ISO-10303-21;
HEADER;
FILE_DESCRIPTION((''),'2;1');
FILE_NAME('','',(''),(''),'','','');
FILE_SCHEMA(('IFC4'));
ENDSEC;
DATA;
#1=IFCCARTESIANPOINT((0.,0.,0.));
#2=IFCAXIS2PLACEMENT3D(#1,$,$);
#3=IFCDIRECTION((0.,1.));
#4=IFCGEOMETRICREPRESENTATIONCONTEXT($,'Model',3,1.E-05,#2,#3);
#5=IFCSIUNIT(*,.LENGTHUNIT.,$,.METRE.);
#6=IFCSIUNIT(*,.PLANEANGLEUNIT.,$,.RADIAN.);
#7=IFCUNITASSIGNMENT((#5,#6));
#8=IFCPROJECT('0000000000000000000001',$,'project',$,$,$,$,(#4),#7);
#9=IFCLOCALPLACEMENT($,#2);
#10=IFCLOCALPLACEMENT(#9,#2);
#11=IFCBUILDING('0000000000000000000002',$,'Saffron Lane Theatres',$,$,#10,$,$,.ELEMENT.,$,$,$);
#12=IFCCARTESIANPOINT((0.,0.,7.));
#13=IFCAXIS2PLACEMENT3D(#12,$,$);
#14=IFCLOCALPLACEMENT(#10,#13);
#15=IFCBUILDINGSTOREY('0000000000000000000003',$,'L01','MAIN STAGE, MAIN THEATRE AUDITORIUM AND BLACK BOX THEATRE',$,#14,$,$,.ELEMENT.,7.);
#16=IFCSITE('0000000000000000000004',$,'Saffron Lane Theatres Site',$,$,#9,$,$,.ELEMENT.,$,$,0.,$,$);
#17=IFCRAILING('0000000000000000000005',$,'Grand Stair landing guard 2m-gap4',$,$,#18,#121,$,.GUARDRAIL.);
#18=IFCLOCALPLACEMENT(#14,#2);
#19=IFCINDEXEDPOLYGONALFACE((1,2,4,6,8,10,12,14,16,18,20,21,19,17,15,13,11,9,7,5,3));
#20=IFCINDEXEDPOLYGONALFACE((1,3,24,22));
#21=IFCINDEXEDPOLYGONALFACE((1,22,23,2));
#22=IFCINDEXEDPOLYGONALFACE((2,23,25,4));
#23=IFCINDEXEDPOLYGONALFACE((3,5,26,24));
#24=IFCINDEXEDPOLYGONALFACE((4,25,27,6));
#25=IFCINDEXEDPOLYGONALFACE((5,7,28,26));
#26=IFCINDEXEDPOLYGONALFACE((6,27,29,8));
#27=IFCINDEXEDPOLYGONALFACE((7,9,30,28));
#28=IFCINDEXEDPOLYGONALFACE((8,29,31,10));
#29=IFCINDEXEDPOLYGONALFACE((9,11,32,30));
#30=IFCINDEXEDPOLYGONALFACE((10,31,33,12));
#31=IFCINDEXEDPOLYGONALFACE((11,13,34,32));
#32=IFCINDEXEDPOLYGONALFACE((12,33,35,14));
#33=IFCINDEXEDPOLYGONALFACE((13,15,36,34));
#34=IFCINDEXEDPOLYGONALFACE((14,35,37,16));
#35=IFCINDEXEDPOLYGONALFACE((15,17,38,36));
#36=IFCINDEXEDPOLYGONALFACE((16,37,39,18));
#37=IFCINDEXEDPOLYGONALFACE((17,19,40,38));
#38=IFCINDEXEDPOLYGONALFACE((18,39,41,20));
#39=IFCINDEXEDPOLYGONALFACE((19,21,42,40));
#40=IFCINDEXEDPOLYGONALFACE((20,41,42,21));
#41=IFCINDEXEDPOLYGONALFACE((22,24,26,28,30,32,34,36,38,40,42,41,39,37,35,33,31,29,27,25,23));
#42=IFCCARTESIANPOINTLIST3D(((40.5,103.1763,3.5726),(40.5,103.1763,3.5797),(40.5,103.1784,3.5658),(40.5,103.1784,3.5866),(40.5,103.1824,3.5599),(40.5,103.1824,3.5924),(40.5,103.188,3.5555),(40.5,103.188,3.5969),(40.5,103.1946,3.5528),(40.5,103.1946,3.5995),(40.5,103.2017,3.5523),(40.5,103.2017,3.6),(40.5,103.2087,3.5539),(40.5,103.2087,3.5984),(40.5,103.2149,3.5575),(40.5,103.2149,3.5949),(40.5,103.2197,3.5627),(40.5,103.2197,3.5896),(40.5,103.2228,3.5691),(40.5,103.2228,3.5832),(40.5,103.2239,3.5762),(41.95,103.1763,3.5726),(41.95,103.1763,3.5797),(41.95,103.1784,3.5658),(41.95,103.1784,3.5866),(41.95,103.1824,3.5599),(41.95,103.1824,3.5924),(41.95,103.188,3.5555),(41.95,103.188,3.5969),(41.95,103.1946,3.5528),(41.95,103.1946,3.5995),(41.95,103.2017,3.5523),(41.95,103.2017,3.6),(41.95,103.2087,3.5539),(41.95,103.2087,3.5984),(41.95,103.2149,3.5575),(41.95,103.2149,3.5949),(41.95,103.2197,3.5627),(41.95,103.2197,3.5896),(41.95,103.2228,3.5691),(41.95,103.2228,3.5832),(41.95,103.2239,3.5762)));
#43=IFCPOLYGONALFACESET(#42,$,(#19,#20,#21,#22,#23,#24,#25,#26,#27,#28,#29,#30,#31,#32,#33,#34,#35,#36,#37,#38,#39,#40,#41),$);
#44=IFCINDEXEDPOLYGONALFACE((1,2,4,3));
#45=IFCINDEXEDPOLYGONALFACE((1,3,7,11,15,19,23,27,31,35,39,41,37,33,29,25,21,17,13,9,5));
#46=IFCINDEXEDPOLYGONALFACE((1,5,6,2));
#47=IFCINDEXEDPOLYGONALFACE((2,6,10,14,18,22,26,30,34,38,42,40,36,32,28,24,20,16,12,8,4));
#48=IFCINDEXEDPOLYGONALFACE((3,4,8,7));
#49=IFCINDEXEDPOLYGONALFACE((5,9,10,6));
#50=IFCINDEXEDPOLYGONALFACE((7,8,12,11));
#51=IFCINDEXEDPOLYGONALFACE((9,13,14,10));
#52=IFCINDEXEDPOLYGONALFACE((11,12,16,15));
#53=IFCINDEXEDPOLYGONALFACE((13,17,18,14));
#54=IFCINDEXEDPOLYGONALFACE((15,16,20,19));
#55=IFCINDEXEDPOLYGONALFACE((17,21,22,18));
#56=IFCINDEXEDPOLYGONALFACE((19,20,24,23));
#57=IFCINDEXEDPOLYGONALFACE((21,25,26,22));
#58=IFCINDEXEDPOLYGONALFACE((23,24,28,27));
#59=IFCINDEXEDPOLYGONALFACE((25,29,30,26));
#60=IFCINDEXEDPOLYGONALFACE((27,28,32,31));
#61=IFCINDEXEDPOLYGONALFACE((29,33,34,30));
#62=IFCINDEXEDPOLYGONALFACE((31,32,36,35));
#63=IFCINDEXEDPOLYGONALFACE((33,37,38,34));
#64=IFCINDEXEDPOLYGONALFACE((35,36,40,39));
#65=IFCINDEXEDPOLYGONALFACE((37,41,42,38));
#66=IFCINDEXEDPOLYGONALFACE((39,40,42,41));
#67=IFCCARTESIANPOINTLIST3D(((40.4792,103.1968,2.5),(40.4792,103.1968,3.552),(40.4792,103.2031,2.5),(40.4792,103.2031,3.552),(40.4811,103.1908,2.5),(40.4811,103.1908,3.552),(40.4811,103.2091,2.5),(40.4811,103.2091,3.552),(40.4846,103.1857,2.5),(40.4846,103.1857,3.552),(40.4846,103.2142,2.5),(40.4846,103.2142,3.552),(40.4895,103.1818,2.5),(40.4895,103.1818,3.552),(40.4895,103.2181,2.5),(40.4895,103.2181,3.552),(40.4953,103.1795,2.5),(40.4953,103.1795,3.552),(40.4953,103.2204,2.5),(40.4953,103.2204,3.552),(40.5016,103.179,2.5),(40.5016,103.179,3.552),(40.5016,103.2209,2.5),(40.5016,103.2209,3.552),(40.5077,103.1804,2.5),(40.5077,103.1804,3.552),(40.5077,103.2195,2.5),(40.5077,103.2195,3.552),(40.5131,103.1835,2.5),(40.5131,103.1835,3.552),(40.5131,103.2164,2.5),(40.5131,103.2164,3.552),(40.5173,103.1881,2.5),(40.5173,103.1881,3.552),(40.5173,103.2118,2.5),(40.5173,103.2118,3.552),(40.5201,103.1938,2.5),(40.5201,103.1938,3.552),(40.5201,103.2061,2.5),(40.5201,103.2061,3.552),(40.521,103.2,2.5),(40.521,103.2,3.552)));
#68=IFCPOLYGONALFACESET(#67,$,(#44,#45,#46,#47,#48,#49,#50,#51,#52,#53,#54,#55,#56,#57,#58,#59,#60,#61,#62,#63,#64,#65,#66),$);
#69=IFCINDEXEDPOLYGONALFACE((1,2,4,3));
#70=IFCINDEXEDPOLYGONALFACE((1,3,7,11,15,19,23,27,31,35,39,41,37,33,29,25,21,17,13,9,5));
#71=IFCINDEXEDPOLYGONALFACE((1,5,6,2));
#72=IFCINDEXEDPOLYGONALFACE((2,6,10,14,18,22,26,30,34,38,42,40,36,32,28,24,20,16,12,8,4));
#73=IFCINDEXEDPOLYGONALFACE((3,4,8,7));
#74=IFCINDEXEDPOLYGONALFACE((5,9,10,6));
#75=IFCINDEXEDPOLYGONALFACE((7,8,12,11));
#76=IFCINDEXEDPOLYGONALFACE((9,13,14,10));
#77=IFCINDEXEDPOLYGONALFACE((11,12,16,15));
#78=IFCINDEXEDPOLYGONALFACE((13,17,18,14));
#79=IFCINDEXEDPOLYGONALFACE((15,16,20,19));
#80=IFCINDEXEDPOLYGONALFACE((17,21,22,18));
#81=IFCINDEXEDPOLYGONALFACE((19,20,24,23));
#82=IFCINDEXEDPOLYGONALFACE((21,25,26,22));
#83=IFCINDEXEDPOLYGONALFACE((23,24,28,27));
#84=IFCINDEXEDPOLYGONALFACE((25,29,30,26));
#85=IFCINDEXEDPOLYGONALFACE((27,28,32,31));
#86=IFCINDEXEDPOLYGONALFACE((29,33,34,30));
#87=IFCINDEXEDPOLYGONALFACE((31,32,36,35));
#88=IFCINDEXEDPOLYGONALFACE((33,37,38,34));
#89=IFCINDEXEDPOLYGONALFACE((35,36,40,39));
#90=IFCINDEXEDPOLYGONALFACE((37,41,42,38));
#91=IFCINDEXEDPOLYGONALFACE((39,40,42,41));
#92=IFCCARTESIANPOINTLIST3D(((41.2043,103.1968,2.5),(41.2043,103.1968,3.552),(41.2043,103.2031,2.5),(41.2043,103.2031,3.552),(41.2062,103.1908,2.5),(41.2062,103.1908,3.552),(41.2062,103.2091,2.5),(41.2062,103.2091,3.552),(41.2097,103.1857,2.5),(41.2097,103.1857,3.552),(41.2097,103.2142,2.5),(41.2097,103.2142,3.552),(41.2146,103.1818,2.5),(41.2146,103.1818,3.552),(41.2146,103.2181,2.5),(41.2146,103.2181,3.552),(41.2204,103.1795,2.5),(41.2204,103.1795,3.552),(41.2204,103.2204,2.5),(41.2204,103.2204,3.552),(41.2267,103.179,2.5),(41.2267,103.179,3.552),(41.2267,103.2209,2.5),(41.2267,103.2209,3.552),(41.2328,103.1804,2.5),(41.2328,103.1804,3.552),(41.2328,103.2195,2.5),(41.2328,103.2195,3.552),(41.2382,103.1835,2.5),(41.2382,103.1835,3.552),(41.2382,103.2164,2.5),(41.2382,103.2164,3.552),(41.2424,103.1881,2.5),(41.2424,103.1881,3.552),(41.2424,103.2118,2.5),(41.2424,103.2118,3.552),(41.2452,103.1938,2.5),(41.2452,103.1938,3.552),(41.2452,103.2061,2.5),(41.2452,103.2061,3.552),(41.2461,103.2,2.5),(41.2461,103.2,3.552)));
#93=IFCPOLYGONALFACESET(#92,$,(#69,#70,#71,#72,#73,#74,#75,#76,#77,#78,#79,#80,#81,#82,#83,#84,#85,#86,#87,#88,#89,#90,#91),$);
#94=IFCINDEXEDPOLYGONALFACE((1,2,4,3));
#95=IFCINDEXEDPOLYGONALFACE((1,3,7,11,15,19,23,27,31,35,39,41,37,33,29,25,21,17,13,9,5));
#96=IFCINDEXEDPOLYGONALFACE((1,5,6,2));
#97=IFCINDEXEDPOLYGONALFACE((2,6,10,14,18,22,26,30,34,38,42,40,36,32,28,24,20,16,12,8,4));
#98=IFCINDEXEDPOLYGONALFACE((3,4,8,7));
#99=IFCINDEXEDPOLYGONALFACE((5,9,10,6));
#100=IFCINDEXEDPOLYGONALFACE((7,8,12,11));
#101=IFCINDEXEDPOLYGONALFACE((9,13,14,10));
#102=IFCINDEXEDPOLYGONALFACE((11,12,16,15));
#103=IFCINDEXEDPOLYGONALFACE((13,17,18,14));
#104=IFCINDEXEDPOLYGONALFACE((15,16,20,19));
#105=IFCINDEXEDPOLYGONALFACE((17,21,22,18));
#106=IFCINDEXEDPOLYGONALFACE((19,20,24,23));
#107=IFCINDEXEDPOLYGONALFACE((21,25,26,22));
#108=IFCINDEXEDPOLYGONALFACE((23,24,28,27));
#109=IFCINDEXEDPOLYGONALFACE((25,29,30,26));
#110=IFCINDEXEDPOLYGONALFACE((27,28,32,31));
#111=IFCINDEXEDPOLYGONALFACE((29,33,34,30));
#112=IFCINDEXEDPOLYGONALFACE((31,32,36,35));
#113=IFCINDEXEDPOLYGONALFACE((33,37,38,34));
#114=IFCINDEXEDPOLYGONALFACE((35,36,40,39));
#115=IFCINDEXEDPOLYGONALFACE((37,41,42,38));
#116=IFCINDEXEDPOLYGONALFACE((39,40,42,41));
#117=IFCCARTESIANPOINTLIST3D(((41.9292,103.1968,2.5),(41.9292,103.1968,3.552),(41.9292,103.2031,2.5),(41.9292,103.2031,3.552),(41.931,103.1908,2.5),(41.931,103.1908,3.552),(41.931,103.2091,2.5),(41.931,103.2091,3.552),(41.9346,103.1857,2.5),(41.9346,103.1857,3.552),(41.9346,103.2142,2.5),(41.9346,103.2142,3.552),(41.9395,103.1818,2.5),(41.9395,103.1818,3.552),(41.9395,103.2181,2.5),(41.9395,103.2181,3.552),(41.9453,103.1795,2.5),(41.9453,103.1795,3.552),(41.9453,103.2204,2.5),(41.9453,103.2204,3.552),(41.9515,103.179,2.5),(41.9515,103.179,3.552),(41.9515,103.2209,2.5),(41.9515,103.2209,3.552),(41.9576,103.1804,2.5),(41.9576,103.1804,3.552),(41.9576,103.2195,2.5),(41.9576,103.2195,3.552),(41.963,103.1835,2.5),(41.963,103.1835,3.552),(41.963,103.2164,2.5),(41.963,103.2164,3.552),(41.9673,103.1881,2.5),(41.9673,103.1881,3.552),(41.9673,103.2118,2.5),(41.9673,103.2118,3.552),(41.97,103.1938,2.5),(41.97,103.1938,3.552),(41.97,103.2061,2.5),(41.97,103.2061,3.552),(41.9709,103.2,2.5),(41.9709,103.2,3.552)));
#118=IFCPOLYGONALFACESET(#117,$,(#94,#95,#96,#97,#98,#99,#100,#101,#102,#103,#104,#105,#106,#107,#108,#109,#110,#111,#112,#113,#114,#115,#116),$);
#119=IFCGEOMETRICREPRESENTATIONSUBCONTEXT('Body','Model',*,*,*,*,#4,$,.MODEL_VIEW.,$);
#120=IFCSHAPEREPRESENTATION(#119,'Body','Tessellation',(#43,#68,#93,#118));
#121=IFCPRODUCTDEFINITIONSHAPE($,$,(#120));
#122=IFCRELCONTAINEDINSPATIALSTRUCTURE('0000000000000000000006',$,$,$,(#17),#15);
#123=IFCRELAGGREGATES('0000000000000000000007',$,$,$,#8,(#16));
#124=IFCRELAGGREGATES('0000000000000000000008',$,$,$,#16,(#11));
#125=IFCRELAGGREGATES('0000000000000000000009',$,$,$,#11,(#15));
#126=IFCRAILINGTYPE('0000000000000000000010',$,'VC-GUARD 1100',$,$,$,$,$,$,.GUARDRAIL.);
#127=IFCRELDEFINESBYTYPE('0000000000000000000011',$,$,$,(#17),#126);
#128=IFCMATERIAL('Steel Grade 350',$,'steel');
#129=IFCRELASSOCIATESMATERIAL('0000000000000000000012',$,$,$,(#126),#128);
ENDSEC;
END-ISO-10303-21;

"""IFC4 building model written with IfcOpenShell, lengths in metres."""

from ifc_helpers import new_model, si_unit, direction, frame, origin, origin_2d, place, context, subcontext, project, spatial, circle, extrude, material, type_object, element, save


model = new_model("IFC4")

# Units and contexts
model_context = context("Model", 3, precision=1e-05, world=origin(), true_north=direction((0.0, 1.0)))
body_context = subcontext(model_context, "Body", "Model", "MODEL_VIEW")
ifc_project = project(units=[si_unit("LENGTHUNIT", "METRE"), si_unit("PLANEANGLEUNIT", "RADIAN")], contexts=[model_context])

# Site, building, storey
site_placement = place(None, origin())
site = spatial("IfcSite", under=ifc_project, at=site_placement, Name="Saffron Lane Theatres Site", CompositionType="ELEMENT", RefElevation=0.0)
building_placement = place(site_placement, origin())
building = spatial("IfcBuilding", under=site, at=building_placement, Name="Saffron Lane Theatres", CompositionType="ELEMENT")
storey_placement = place(building_placement, frame((0.0, 0.0, 7.0)))
storey = spatial("IfcBuildingStorey", under=building, at=storey_placement, Name="L01", Description="MAIN STAGE, MAIN THEATRE AUDITORIUM AND BLACK BOX THEATRE", CompositionType="ELEMENT", Elevation=7.0)

# Railing
ifc_material_1 = material(Name="Steel Grade 350", Category="steel")
railing_type_1 = type_object("IfcRailingType", Name="VC-GUARD 1100", PredefinedType="GUARDRAIL", material=ifc_material_1)
railing_1_placement = place(storey_placement, frame((40.5, 103.2, 2.5)))
element("IfcRailing", 1, at=railing_1_placement, inside=storey, type_object=railing_type_1, Name="Grand Stair landing guard 2m-gap4", PredefinedType="GUARDRAIL", context=body_context, shape_type="SweptSolid", body=[
    extrude(circle(Radius=0.0239, at=origin_2d()), frame((0.0, 0.0, 1.0762), z_axis=(1.0, 0.0, 0.0), x_axis=(0.0, 1.0, 0.0)), (0.0, 0.0, 1.0), 1.45),
    extrude(circle(Radius=0.021, at=origin_2d()), origin(), (0.0, 0.0, 1.0), 1.052),
    extrude(circle(Radius=0.021, at=origin_2d()), frame((0.7251, 0.0, 0.0)), (0.0, 0.0, 1.0), 1.052),
    extrude(circle(Radius=0.021, at=origin_2d()), frame((1.45, 0.0, 0.0)), (0.0, 0.0, 1.0), 1.052),
])

save(model, "model.ifc")
